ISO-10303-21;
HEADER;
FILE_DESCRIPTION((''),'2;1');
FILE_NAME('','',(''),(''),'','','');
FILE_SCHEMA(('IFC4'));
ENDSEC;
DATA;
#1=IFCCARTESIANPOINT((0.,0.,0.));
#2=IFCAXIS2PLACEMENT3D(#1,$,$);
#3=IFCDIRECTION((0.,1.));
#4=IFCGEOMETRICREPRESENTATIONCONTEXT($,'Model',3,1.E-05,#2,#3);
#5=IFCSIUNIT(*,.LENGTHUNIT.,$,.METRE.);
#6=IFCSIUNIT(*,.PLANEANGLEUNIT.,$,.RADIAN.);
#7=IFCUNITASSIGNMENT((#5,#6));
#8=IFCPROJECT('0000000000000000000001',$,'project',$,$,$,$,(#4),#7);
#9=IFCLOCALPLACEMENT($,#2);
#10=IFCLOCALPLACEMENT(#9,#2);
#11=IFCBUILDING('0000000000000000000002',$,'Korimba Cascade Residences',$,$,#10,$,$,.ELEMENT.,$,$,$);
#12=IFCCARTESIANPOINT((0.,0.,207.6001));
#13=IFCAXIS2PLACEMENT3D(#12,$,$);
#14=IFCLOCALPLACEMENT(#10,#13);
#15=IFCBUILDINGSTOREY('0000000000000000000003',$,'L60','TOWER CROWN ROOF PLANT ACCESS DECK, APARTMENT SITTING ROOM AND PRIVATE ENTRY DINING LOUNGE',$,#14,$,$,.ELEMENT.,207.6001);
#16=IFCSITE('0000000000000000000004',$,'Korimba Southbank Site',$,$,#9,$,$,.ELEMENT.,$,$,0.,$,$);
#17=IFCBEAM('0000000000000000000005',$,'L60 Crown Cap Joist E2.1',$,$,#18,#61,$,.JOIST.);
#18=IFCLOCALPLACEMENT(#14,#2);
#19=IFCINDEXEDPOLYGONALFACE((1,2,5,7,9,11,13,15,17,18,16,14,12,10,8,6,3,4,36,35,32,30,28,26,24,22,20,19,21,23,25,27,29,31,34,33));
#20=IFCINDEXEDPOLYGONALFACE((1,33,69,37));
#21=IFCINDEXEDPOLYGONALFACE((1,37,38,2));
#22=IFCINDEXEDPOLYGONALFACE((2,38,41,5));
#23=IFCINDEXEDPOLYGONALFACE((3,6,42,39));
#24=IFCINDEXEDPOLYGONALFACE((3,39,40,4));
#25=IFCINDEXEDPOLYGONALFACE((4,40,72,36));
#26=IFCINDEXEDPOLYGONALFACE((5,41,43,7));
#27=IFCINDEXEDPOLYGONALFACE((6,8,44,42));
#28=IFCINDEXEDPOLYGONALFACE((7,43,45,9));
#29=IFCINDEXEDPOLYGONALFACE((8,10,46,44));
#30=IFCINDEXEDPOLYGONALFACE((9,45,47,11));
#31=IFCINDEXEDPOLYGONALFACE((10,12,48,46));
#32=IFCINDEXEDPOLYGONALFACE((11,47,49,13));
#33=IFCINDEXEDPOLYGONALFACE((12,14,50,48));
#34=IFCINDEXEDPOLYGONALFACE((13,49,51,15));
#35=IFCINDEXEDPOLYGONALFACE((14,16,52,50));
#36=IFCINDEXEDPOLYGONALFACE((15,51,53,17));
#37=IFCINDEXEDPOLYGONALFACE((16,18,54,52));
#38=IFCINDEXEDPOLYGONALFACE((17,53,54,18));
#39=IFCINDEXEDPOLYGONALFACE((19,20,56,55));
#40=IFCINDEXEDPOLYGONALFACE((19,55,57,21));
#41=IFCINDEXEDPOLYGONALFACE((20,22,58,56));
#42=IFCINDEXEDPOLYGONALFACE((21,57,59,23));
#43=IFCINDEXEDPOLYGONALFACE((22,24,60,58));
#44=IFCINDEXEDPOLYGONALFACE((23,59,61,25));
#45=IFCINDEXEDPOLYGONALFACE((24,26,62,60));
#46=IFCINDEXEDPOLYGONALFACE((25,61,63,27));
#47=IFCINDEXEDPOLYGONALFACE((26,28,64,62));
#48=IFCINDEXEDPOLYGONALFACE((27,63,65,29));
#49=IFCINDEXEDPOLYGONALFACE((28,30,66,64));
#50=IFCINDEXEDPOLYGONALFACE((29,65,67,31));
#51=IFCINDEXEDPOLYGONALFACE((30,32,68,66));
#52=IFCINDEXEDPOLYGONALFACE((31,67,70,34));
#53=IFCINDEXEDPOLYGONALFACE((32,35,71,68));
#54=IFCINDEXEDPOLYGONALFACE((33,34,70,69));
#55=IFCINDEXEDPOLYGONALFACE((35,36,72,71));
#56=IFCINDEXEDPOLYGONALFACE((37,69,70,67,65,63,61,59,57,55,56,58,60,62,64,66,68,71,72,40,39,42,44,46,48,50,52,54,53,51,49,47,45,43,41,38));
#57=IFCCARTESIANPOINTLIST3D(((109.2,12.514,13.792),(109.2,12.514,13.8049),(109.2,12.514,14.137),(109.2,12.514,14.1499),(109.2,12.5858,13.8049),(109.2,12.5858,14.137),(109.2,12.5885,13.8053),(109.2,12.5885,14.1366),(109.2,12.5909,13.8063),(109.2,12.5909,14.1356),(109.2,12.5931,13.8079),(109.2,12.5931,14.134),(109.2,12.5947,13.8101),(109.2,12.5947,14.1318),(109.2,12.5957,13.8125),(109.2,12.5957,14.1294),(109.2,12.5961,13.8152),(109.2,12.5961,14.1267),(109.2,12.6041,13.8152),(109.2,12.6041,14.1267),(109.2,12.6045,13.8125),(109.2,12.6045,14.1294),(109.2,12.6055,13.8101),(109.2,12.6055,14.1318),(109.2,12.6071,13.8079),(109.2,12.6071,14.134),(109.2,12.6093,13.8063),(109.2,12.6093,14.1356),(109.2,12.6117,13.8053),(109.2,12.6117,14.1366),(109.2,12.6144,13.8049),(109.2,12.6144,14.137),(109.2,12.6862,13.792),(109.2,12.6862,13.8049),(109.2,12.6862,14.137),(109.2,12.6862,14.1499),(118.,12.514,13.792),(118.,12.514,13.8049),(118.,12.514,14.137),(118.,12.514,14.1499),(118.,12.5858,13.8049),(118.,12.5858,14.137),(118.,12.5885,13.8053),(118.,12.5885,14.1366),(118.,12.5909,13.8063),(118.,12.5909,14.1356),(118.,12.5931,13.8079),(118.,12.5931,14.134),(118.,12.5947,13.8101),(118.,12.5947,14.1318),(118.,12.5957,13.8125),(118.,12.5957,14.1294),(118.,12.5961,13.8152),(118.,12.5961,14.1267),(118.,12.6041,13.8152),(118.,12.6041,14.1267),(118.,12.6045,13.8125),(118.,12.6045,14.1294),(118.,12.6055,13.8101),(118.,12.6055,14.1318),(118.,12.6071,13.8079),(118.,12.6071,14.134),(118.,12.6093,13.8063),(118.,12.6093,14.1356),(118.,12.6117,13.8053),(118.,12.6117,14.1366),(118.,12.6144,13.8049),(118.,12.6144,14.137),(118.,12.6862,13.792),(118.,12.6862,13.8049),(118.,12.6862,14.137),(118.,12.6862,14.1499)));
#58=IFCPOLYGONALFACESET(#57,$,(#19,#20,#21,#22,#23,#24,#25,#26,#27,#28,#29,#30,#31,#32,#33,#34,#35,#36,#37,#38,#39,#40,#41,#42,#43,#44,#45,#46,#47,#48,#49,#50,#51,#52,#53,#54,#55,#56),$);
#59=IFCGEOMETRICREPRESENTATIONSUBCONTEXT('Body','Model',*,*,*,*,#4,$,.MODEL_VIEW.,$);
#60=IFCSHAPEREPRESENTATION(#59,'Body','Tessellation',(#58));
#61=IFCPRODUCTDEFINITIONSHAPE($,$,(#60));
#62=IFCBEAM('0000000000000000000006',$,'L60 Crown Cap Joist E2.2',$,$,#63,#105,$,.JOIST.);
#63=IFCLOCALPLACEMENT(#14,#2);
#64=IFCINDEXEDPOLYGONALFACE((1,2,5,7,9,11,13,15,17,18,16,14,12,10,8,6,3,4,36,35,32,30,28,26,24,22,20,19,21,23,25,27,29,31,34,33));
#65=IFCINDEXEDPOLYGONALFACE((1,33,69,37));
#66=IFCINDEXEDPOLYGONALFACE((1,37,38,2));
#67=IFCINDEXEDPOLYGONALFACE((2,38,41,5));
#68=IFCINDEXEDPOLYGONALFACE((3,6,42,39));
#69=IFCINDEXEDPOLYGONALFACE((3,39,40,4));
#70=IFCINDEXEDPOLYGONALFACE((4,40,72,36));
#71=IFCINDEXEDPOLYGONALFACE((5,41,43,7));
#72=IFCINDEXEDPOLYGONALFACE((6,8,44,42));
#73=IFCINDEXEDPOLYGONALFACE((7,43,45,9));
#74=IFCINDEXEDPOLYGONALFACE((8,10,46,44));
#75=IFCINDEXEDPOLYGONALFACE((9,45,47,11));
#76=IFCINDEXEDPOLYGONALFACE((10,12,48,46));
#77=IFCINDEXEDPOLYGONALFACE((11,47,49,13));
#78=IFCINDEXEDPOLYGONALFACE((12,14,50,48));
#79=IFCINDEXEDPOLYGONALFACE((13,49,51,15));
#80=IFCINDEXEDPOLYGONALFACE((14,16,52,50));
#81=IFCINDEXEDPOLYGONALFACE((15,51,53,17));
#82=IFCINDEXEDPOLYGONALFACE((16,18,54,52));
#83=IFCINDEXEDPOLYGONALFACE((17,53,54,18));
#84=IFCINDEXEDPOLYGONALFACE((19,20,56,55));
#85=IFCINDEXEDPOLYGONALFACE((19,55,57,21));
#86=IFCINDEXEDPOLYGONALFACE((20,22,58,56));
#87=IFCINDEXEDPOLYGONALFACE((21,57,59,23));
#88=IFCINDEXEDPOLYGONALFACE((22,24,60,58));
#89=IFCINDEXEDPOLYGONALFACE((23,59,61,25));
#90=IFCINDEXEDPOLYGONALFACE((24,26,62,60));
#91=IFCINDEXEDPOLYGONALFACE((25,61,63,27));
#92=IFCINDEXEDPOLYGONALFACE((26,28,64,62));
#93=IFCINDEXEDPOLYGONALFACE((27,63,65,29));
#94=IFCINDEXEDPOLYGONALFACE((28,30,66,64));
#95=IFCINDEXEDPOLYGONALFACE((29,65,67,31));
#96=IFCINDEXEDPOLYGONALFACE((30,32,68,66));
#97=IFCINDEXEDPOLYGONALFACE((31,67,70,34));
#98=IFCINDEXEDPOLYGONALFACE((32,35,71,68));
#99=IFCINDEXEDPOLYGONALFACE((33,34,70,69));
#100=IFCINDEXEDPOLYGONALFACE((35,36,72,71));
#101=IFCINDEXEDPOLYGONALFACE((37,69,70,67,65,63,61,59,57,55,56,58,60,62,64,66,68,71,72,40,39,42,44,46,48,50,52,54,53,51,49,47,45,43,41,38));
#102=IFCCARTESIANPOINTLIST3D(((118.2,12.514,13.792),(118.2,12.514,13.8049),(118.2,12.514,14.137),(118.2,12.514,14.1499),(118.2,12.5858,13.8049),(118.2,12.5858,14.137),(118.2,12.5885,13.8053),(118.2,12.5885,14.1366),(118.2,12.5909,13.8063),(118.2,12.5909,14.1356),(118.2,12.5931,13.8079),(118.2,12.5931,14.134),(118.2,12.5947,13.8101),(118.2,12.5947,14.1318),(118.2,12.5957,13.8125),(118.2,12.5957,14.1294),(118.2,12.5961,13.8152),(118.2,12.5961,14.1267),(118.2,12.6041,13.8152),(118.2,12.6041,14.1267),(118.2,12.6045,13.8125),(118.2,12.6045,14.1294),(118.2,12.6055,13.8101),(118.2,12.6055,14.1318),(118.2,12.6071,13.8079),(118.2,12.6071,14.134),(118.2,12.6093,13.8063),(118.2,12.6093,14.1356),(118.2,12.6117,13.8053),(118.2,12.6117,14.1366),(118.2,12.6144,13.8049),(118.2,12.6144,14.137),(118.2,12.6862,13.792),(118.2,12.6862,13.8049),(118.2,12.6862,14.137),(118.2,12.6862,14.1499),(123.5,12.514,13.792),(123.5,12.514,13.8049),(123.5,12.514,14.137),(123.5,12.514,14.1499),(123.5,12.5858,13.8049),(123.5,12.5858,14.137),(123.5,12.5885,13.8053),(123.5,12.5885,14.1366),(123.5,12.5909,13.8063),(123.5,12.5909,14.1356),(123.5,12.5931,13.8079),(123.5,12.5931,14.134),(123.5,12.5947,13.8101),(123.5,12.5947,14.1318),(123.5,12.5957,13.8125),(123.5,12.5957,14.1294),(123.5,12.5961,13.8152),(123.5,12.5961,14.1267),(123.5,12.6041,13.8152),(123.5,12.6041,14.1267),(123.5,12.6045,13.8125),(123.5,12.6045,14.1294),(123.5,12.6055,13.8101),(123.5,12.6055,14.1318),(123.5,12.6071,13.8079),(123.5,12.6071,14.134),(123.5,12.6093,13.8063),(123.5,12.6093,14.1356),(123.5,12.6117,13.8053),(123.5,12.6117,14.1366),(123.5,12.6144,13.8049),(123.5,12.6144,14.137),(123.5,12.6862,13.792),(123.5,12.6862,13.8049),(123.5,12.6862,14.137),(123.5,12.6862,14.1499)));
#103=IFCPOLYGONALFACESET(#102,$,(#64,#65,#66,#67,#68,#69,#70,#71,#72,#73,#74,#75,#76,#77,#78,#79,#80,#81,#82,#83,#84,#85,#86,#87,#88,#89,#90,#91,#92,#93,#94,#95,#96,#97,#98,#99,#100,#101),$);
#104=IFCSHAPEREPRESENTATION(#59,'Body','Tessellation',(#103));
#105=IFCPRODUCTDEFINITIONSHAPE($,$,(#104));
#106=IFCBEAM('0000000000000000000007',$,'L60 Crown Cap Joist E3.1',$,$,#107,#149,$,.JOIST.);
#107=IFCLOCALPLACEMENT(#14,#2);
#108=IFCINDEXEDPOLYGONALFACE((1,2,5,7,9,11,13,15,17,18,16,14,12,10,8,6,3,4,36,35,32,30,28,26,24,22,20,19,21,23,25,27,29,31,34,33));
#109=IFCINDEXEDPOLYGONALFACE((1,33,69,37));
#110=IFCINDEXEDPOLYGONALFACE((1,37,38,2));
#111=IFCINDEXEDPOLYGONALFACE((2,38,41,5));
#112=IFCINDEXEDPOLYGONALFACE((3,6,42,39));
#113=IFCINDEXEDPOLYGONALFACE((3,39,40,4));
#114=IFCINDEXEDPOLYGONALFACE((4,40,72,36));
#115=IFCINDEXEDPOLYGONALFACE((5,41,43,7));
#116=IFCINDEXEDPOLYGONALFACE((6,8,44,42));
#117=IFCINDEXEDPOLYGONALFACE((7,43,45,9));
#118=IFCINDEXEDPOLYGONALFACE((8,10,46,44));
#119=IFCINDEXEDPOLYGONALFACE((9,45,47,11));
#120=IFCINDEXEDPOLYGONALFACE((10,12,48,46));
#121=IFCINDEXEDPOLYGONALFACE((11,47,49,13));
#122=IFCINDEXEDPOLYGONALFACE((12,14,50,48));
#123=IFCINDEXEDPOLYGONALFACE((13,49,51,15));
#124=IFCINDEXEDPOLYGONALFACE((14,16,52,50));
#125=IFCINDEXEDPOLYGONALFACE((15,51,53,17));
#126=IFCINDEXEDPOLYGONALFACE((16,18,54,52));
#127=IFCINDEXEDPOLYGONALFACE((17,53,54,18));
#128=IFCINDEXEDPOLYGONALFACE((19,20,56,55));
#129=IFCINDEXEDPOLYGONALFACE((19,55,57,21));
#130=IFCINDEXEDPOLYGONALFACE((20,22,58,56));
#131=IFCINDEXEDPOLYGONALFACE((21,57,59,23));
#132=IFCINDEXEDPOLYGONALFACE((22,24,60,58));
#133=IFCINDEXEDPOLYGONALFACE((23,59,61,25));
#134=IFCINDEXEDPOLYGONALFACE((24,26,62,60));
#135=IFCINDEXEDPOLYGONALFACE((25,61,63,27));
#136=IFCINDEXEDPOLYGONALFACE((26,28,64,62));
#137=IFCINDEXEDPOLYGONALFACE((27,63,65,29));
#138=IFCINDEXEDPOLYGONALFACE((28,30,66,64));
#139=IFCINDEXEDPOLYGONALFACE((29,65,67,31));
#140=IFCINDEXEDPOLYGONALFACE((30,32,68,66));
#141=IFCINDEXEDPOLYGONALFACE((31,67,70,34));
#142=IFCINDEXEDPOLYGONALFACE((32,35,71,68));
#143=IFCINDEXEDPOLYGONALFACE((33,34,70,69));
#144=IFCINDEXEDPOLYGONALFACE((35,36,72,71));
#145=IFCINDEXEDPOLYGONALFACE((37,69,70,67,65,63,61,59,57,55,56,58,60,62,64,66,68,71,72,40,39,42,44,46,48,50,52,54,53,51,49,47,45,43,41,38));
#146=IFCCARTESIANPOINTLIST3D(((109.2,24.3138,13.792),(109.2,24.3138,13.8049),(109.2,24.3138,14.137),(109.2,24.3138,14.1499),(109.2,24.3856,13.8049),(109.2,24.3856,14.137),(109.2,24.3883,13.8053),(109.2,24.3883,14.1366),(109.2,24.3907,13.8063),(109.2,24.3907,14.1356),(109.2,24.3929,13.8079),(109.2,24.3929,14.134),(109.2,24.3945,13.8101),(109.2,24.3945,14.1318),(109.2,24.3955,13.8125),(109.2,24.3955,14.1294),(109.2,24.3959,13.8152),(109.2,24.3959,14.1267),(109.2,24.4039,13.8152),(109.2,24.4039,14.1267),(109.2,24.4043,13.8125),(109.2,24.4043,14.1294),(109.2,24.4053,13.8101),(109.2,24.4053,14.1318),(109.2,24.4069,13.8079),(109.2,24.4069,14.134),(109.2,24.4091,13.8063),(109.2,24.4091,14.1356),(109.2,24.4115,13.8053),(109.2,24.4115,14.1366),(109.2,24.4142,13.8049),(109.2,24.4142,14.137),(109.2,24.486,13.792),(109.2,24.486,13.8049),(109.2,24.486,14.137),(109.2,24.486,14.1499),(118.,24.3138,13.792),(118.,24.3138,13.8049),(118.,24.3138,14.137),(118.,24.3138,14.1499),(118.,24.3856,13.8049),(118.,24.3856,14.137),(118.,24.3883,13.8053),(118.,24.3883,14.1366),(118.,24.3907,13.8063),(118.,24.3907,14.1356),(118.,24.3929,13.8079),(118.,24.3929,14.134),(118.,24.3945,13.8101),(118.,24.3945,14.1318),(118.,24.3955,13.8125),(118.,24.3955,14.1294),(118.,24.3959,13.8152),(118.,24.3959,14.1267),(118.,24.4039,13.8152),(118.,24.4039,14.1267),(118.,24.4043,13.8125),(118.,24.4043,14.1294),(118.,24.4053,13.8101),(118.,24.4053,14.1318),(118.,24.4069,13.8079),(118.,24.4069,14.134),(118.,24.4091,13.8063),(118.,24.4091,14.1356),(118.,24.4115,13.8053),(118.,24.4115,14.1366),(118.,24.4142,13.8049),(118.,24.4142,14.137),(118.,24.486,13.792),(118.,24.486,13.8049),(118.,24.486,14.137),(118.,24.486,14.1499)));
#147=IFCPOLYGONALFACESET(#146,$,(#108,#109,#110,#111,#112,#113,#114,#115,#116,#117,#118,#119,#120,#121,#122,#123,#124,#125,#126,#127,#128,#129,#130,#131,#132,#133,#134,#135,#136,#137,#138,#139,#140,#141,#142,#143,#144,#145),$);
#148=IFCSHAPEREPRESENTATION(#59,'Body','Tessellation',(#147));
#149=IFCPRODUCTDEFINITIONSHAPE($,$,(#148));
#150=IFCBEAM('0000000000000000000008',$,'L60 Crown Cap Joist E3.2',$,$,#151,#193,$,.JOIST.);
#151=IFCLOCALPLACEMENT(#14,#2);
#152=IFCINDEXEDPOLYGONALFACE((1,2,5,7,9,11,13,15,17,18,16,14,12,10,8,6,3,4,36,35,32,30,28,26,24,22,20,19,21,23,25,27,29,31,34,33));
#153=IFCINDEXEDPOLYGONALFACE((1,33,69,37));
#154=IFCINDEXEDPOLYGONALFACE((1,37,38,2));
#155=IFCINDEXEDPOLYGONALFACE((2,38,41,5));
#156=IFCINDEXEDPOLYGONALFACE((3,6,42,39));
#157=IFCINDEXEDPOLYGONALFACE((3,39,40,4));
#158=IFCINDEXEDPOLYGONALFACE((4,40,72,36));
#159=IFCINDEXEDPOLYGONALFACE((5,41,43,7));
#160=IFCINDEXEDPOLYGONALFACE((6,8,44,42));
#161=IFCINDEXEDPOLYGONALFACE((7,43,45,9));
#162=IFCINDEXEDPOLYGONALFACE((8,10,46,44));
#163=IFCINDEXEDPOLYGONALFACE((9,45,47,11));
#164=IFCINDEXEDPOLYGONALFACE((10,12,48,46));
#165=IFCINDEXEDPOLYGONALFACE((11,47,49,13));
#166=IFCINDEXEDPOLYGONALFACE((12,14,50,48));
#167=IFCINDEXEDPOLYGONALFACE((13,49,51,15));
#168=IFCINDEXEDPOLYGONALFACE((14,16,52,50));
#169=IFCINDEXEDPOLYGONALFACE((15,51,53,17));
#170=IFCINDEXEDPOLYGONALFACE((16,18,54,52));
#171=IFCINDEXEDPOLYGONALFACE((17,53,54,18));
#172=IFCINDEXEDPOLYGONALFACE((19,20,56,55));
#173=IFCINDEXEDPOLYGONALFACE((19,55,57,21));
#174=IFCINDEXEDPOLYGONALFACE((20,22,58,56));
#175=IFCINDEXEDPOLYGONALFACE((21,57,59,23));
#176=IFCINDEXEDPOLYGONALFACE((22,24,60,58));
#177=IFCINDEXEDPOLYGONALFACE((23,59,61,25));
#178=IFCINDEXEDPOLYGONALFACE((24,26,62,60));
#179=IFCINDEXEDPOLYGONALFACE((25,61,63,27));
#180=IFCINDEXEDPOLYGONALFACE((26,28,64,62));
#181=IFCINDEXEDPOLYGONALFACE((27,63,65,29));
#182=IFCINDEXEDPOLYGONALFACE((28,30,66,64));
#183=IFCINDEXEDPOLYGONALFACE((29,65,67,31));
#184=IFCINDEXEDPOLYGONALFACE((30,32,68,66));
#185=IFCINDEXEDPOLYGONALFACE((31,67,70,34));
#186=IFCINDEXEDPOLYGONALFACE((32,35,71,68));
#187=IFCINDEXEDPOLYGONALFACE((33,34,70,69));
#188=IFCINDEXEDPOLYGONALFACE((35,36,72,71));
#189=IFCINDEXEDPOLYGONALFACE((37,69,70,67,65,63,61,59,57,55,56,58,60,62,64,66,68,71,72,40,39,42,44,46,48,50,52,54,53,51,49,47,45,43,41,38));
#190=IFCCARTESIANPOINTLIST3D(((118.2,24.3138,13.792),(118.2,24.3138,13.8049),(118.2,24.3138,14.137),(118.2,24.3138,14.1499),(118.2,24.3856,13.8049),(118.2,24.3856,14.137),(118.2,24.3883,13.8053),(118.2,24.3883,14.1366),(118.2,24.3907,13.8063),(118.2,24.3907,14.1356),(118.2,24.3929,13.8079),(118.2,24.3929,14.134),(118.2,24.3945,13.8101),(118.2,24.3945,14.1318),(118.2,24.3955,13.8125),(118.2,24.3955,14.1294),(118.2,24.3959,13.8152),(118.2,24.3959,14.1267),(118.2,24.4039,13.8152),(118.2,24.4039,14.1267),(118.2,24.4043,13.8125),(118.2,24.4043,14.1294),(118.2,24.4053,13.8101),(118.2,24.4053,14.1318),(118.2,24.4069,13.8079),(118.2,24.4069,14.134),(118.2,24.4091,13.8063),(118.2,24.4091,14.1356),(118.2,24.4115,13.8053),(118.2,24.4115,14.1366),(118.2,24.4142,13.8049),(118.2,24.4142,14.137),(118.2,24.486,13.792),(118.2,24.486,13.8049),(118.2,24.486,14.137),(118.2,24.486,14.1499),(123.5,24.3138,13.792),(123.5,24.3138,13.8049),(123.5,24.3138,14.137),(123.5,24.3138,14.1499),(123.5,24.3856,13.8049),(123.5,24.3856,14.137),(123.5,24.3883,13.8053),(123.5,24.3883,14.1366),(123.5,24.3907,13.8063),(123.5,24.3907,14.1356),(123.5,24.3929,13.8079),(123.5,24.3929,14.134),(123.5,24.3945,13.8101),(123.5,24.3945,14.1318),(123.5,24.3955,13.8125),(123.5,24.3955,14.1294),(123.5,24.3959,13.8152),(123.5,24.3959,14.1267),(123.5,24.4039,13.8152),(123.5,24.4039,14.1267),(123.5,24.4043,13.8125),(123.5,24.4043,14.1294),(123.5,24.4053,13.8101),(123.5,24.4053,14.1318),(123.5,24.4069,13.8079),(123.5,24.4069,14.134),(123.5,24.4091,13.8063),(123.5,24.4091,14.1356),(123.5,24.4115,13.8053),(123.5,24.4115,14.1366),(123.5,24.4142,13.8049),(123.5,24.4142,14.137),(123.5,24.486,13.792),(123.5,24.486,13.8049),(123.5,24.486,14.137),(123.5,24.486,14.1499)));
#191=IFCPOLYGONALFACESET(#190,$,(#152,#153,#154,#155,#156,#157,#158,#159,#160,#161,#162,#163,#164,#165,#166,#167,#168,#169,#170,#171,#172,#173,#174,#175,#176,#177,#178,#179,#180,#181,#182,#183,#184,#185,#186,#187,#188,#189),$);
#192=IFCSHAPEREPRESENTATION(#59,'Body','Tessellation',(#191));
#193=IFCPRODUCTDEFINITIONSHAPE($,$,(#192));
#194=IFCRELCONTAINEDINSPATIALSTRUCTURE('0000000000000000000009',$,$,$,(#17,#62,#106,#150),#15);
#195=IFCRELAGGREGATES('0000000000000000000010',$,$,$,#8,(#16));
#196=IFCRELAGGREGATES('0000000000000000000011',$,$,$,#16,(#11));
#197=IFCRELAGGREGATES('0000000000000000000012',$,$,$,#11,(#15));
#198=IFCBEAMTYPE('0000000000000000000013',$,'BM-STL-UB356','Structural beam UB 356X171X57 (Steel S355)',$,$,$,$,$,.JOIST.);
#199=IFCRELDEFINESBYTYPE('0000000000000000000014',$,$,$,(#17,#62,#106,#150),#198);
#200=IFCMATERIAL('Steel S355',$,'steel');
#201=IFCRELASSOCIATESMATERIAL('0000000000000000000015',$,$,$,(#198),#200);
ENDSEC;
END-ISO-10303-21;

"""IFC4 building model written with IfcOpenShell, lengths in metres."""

from ifc_helpers import new_model, si_unit, direction, frame, origin, origin_2d, place, context, subcontext, project, spatial, i_section, extrude, material, material_profile, profile_set, type_object, element, save


model = new_model("IFC4")

# Units and contexts
model_context = context("Model", 3, precision=1e-05, world=origin(), true_north=direction((0.0, 1.0)))
body_context = subcontext(model_context, "Body", "Model", "MODEL_VIEW")
ifc_project = project(units=[si_unit("LENGTHUNIT", "METRE"), si_unit("PLANEANGLEUNIT", "RADIAN")], contexts=[model_context])

# Site, building, storey
site_placement = place(None, origin())
site = spatial("IfcSite", under=ifc_project, at=site_placement, Name="Korimba Southbank Site", CompositionType="ELEMENT", RefElevation=0.0)
building_placement = place(site_placement, origin())
building = spatial("IfcBuilding", under=site, at=building_placement, Name="Korimba Cascade Residences", CompositionType="ELEMENT")
storey_placement = place(building_placement, frame((0.0, 0.0, 207.6001)))
storey = spatial("IfcBuildingStorey", under=building, at=storey_placement, Name="L60", Description="TOWER CROWN ROOF PLANT ACCESS DECK, APARTMENT SITTING ROOM AND PRIVATE ENTRY DINING LOUNGE", CompositionType="ELEMENT", Elevation=207.6001)

# Shared definitions
ifc_material_1 = material(Name="Steel S355", Category="steel")

# Beams
ifc_material_profile_1 = material_profile(ifc_material_1, i_section(OverallWidth=0.1721, OverallDepth=0.3579, WebThickness=0.0081, FlangeThickness=0.0129, FilletRadius=0.0103, at=origin_2d()), Name="Steel S355")
ifc_profile_set_1 = profile_set([ifc_material_profile_1], Name="Steel S355")
beam_type_1 = type_object("IfcBeamType", Name="BM-STL-UB356", Description="Structural beam UB 356X171X57 (Steel S355)", PredefinedType="JOIST", material=ifc_profile_set_1)
beam_1_placement = place(storey_placement, frame((109.2, 12.6001, 13.9709), z_axis=(1.0, 0.0, 0.0), x_axis=(0.0, 1.0, 0.0)))
element("IfcBeam", 1, at=beam_1_placement, inside=storey, type_object=beam_type_1, Name="L60 Crown Cap Joist E2.1", PredefinedType="JOIST", context=body_context, shape_type="SweptSolid", body=[
    extrude(i_section(OverallWidth=0.1721, OverallDepth=0.3579, WebThickness=0.0081, FlangeThickness=0.0129, FilletRadius=0.0103, at=origin_2d()), origin(), (0.0, 0.0, 1.0), 8.8),
])
beam_2_placement = place(storey_placement, frame((118.2, 12.6001, 13.9709), z_axis=(1.0, 0.0, 0.0), x_axis=(0.0, 1.0, 0.0)))
element("IfcBeam", 2, at=beam_2_placement, inside=storey, type_object=beam_type_1, Name="L60 Crown Cap Joist E2.2", PredefinedType="JOIST", context=body_context, shape_type="SweptSolid", body=[
    extrude(i_section(OverallWidth=0.1721, OverallDepth=0.3579, WebThickness=0.0081, FlangeThickness=0.0129, FilletRadius=0.0103, at=origin_2d()), origin(), (0.0, 0.0, 1.0), 5.3),
])
beam_3_placement = place(storey_placement, frame((109.2, 24.3999, 13.9709), z_axis=(1.0, 0.0, 0.0), x_axis=(0.0, 1.0, 0.0)))
element("IfcBeam", 3, at=beam_3_placement, inside=storey, type_object=beam_type_1, Name="L60 Crown Cap Joist E3.1", PredefinedType="JOIST", context=body_context, shape_type="SweptSolid", body=[
    extrude(i_section(OverallWidth=0.1721, OverallDepth=0.3579, WebThickness=0.0081, FlangeThickness=0.0129, FilletRadius=0.0103, at=origin_2d()), origin(), (0.0, 0.0, 1.0), 8.8),
])
beam_4_placement = place(storey_placement, frame((118.2, 24.3999, 13.9709), z_axis=(1.0, 0.0, 0.0), x_axis=(0.0, 1.0, 0.0)))
element("IfcBeam", 4, at=beam_4_placement, inside=storey, type_object=beam_type_1, Name="L60 Crown Cap Joist E3.2", PredefinedType="JOIST", context=body_context, shape_type="SweptSolid", body=[
    extrude(i_section(OverallWidth=0.1721, OverallDepth=0.3579, WebThickness=0.0081, FlangeThickness=0.0129, FilletRadius=0.0103, at=origin_2d()), origin(), (0.0, 0.0, 1.0), 5.3),
])

save(model, "model.ifc")
